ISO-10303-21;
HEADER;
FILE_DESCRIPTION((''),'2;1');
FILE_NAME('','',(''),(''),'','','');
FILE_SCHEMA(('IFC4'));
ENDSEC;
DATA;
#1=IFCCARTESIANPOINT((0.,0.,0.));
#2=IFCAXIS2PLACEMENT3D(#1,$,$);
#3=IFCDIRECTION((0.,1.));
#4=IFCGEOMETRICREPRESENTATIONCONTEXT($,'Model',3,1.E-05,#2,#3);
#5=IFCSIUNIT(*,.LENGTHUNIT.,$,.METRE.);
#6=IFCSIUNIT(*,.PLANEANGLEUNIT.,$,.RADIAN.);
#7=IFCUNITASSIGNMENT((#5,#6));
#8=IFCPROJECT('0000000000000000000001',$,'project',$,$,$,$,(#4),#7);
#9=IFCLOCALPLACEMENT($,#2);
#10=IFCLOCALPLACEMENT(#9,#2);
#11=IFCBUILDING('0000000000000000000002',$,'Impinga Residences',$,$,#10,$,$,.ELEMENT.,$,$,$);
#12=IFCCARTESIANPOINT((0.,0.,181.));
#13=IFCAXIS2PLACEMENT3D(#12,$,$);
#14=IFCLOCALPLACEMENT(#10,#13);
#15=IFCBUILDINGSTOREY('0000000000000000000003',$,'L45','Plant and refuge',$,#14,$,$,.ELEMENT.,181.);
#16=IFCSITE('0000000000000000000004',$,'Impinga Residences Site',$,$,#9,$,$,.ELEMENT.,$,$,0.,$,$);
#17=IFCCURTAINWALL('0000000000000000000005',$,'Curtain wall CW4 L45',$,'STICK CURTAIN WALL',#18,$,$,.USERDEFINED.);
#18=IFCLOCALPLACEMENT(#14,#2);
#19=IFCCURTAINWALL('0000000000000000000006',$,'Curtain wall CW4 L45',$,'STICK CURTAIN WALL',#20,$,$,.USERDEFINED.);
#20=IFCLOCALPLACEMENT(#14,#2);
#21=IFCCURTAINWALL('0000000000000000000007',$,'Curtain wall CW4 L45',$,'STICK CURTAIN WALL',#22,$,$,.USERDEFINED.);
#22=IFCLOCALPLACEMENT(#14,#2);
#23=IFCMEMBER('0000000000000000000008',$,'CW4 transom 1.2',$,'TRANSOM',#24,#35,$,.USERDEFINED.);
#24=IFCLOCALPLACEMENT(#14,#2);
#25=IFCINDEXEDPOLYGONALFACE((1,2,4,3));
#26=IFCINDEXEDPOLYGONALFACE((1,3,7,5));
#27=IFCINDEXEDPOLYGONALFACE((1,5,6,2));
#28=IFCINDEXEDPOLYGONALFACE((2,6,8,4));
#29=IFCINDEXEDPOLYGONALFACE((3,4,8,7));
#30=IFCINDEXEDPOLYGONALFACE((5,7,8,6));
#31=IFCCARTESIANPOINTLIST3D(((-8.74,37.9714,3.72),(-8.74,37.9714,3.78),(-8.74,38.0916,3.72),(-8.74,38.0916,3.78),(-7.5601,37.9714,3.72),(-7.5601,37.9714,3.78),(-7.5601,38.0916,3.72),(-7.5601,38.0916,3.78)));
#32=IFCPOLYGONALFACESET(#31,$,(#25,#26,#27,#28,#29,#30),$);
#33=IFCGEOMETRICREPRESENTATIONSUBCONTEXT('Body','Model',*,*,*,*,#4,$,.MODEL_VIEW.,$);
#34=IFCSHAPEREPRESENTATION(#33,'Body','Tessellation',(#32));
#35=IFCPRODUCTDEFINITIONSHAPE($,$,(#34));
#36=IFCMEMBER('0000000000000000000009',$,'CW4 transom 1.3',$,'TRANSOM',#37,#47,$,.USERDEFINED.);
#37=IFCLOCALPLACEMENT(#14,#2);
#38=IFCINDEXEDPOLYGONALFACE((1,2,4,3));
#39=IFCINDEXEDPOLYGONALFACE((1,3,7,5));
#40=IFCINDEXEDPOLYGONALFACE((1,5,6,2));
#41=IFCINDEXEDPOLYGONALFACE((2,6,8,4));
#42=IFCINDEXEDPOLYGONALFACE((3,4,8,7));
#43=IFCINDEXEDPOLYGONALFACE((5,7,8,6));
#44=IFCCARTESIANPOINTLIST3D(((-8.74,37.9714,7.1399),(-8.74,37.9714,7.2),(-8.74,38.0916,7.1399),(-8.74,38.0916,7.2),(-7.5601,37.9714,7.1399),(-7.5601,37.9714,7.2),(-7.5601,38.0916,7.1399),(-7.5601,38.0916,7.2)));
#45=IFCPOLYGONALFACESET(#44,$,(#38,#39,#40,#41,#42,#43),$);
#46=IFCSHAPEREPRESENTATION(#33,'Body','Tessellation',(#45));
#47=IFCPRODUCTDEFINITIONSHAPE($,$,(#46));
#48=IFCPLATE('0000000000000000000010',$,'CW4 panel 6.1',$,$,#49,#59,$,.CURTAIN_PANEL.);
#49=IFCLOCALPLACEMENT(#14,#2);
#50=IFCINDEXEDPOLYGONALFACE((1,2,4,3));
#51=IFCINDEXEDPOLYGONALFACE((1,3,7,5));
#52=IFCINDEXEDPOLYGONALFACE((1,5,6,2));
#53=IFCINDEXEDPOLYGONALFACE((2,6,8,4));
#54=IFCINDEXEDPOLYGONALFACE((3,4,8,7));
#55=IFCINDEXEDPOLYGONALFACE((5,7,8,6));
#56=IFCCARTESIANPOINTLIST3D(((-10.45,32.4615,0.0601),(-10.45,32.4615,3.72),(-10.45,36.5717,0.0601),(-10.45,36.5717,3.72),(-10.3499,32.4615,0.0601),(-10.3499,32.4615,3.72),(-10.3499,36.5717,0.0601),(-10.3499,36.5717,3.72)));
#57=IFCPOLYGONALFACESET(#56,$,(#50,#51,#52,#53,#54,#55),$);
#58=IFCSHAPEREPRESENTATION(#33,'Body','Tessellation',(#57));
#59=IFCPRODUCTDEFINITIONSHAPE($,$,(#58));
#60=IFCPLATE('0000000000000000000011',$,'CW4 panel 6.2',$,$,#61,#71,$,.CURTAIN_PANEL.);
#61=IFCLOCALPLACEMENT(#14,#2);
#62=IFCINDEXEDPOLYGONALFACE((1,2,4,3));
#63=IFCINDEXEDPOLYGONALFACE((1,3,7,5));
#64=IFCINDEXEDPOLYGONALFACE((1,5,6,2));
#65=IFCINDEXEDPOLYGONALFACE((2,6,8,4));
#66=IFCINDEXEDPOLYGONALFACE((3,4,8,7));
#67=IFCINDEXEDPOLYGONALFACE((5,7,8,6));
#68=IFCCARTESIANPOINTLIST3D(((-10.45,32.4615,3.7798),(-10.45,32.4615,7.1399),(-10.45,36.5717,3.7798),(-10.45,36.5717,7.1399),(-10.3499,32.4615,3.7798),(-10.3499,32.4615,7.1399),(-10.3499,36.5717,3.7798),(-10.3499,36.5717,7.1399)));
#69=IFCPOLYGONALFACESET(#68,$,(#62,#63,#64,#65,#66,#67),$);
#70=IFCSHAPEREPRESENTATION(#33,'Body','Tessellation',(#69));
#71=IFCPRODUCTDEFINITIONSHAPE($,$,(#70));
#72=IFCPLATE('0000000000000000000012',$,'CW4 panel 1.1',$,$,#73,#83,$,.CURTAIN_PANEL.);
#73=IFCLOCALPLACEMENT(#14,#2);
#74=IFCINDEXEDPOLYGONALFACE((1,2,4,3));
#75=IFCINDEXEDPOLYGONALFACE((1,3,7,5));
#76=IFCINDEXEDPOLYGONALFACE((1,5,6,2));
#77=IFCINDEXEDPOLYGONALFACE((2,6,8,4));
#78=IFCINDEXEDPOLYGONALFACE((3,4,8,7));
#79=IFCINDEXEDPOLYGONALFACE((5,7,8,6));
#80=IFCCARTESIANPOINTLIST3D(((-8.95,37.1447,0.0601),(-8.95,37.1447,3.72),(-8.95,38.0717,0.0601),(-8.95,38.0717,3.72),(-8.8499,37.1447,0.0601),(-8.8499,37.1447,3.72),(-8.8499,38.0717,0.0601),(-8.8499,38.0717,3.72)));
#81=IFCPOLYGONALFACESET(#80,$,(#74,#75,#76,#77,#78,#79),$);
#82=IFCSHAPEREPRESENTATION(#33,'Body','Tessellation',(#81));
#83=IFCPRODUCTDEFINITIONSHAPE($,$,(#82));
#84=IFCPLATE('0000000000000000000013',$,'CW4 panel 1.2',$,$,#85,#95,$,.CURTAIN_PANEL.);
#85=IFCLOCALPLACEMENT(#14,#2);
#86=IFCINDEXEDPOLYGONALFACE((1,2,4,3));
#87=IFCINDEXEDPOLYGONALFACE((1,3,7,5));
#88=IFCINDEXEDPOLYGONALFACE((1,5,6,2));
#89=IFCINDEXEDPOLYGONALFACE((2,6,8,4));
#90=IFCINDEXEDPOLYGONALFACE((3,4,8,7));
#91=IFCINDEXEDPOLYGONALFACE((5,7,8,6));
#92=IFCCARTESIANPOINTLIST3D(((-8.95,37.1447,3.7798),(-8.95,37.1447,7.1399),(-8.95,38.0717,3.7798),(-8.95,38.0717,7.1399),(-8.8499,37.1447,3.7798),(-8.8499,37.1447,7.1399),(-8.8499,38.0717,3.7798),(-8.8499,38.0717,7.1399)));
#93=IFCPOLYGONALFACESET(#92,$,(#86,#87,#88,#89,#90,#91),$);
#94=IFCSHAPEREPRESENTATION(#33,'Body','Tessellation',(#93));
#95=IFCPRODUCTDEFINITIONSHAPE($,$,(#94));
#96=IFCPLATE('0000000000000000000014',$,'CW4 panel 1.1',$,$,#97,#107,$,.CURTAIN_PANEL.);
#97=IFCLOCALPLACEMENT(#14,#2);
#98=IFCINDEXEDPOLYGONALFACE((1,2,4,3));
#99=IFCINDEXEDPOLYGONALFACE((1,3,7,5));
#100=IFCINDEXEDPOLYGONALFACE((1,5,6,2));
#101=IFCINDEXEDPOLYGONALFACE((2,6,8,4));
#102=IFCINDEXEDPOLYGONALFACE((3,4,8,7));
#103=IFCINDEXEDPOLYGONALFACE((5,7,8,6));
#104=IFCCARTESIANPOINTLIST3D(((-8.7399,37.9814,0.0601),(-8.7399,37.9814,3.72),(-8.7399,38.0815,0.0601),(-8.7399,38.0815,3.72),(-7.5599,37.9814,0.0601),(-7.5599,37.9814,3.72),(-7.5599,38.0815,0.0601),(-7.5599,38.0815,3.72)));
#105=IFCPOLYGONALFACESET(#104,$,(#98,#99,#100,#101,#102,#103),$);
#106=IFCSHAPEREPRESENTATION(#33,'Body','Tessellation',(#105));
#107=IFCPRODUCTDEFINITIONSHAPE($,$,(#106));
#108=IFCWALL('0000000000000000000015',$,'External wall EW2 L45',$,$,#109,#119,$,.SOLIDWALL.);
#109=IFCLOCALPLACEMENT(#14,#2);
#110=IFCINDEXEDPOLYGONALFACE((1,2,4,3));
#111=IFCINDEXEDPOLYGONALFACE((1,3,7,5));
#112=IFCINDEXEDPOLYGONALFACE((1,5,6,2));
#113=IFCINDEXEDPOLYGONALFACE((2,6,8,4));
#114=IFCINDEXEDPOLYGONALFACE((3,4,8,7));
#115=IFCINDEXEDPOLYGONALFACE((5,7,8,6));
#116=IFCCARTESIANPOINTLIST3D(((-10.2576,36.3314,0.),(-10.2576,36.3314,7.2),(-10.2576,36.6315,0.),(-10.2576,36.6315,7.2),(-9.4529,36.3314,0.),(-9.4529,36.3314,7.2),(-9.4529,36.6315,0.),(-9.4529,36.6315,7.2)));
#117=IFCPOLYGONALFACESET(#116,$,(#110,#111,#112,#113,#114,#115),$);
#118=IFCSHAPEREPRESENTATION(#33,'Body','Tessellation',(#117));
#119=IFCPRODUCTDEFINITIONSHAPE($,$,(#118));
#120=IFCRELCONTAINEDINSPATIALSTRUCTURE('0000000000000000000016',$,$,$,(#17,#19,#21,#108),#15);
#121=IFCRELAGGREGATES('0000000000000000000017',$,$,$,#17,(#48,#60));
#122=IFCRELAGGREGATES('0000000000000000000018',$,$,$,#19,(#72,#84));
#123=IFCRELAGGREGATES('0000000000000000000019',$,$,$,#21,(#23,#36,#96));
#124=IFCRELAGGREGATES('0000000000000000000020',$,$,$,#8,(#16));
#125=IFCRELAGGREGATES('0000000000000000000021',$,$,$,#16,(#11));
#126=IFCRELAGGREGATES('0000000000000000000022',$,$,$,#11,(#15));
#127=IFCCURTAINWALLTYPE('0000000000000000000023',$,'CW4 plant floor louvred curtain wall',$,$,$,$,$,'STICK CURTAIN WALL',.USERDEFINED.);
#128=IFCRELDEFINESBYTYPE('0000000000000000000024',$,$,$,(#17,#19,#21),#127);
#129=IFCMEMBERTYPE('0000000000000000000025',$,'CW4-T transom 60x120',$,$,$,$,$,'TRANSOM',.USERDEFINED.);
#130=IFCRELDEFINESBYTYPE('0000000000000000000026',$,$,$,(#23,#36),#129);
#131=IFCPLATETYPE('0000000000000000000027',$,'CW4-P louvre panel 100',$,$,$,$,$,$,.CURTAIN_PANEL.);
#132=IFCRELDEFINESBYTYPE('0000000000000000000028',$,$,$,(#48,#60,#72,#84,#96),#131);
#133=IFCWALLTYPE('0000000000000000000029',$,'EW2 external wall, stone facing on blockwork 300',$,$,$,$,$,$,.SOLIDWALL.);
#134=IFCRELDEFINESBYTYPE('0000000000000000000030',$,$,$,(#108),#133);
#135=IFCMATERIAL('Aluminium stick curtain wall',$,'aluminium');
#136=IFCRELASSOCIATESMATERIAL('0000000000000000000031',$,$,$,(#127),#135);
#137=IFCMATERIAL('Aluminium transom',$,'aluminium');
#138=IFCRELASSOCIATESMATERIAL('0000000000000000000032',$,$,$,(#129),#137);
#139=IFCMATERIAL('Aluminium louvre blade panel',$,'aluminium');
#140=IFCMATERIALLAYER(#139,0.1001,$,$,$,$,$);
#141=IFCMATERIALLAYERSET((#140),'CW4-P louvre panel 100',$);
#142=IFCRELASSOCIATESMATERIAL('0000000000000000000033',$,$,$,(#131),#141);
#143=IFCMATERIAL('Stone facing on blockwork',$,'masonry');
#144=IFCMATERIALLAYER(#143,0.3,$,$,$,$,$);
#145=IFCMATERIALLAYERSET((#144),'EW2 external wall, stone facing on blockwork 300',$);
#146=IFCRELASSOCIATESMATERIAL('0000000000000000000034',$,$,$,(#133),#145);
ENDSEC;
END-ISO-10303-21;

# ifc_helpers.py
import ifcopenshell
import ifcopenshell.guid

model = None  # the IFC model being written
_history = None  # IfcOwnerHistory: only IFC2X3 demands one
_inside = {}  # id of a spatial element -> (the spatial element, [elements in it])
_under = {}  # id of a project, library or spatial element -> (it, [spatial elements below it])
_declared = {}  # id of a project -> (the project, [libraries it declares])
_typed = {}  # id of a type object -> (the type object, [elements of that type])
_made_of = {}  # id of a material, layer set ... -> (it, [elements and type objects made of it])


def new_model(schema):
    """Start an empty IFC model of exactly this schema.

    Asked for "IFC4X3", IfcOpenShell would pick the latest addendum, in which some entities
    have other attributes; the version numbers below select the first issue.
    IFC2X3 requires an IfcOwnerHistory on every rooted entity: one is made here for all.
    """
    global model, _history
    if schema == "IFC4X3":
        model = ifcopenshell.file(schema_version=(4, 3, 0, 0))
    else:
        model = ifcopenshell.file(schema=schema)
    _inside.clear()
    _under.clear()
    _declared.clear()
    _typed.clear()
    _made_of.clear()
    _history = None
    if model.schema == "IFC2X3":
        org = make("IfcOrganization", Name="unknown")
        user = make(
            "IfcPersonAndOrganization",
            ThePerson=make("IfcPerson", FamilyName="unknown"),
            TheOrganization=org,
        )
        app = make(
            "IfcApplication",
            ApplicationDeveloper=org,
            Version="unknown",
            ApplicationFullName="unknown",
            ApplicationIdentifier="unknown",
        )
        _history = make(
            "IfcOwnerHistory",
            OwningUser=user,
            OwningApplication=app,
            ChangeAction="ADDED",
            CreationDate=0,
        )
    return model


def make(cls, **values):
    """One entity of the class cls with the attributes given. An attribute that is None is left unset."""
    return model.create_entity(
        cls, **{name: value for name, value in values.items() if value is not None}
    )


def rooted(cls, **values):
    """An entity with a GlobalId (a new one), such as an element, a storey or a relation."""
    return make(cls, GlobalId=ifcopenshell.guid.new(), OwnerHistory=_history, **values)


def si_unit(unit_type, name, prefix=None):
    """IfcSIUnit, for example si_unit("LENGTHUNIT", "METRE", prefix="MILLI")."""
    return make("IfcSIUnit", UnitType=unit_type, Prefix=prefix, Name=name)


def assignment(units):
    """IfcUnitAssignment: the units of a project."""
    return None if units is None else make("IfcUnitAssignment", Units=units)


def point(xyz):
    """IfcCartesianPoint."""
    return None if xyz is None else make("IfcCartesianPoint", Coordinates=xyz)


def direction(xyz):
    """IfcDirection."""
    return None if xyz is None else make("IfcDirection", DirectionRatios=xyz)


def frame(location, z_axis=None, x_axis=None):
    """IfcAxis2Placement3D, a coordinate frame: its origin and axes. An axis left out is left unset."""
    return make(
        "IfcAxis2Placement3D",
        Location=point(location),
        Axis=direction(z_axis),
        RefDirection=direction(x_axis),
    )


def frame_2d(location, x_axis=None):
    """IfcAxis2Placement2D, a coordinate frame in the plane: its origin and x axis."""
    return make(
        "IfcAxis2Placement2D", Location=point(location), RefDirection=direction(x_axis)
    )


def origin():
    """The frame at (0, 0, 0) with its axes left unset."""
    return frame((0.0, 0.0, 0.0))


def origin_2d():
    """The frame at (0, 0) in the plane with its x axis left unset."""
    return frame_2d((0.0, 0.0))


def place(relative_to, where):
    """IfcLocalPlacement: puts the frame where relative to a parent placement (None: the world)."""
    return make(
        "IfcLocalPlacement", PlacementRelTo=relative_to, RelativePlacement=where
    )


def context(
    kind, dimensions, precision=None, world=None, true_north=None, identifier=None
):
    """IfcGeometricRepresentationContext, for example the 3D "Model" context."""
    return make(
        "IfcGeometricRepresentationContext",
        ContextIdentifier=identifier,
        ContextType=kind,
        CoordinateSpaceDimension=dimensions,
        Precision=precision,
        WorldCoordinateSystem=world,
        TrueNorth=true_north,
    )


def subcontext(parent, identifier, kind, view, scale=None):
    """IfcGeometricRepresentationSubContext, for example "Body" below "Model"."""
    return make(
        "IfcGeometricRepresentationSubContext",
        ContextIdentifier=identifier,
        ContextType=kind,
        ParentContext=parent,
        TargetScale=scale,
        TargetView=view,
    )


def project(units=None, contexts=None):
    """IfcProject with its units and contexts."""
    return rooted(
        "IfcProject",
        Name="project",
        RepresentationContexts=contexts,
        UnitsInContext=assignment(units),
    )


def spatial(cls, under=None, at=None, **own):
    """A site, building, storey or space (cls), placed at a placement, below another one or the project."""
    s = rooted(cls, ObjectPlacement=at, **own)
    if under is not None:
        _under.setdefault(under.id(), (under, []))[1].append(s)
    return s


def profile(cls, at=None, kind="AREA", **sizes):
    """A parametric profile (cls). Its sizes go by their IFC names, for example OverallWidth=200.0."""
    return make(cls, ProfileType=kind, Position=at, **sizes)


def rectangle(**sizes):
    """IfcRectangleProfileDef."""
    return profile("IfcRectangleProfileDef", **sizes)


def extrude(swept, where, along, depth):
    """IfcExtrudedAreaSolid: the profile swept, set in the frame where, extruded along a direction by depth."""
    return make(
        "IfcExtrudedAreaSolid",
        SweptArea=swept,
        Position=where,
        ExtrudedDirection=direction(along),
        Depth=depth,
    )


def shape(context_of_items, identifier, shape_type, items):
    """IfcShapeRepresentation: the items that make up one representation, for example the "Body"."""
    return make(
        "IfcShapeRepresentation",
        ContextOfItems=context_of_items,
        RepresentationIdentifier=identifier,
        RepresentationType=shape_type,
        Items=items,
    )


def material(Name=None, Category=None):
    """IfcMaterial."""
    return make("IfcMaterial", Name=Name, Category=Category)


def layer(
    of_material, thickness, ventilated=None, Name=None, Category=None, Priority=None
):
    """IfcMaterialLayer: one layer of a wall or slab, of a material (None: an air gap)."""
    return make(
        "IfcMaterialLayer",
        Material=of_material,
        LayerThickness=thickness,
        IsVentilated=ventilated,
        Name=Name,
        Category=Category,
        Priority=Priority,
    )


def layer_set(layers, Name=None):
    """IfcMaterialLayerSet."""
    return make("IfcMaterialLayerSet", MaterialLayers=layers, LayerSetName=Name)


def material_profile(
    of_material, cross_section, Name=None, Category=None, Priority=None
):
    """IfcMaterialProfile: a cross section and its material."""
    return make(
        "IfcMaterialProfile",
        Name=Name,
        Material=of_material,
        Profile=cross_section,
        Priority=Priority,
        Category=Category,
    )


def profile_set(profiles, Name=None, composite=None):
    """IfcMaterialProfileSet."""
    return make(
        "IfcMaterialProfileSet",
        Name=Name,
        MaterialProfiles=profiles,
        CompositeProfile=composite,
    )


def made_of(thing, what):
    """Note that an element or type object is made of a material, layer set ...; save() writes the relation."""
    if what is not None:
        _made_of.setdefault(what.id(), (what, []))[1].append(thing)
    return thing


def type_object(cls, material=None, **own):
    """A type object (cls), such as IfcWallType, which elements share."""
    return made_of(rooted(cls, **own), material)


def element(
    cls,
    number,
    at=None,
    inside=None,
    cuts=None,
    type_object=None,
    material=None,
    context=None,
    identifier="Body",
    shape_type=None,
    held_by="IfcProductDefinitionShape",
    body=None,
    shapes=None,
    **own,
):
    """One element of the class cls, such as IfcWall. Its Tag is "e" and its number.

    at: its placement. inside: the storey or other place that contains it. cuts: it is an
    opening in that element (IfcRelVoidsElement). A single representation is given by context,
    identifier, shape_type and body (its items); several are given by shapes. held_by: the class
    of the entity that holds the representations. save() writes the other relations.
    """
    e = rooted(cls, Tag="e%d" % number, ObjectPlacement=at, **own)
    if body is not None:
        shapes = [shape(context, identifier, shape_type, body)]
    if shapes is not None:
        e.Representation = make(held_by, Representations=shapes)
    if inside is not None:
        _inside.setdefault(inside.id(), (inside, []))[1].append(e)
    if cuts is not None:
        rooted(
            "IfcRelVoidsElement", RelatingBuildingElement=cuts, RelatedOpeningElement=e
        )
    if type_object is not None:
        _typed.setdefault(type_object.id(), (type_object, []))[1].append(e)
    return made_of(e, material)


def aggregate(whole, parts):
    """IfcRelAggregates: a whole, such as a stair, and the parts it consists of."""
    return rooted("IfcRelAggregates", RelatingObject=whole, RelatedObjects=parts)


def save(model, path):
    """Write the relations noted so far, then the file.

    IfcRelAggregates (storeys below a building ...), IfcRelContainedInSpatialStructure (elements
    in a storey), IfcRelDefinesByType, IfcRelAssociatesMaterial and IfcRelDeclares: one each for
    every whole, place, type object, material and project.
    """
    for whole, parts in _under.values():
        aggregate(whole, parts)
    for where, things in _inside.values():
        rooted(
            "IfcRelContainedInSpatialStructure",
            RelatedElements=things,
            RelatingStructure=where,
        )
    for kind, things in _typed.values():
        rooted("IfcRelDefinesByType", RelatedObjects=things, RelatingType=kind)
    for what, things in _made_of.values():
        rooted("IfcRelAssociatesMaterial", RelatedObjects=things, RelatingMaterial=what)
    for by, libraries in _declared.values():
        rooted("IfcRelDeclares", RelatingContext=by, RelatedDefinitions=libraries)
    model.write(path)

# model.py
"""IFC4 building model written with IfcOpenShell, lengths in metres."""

from ifc_helpers import new_model, si_unit, direction, frame, frame_2d, origin, origin_2d, place, context, subcontext, project, spatial, rectangle, extrude, material, layer, layer_set, material_profile, profile_set, type_object, element, aggregate, save


model = new_model("IFC4")

# Units and contexts
model_context = context("Model", 3, precision=1e-05, world=origin(), true_north=direction((0.0, 1.0)))
body_context = subcontext(model_context, "Body", "Model", "MODEL_VIEW")
ifc_project = project(units=[si_unit("LENGTHUNIT", "METRE"), si_unit("PLANEANGLEUNIT", "RADIAN")], contexts=[model_context])

# Site, building, storey
site_placement = place(None, origin())
site = spatial("IfcSite", under=ifc_project, at=site_placement, Name="Impinga Residences Site", CompositionType="ELEMENT", RefElevation=0.0)
building_placement = place(site_placement, origin())
building = spatial("IfcBuilding", under=site, at=building_placement, Name="Impinga Residences", CompositionType="ELEMENT")
storey_placement = place(building_placement, frame((0.0, 0.0, 181.0)))
storey = spatial("IfcBuildingStorey", under=building, at=storey_placement, Name="L45", Description="Plant and refuge", CompositionType="ELEMENT", Elevation=181.0)

# Curtain walls
ifc_material_1 = material(Name="Aluminium stick curtain wall", Category="aluminium")
curtain_wall_type = type_object("IfcCurtainWallType", Name="CW4 plant floor louvred curtain wall", ElementType="STICK CURTAIN WALL", PredefinedType="USERDEFINED", material=ifc_material_1)
curtain_wall_1_placement = place(storey_placement, origin())
curtain_wall_1 = element("IfcCurtainWall", 1, at=curtain_wall_1_placement, inside=storey, type_object=curtain_wall_type, Name="Curtain wall CW4 L45", ObjectType="STICK CURTAIN WALL", PredefinedType="USERDEFINED")
curtain_wall_2_placement = place(storey_placement, origin())
curtain_wall_2 = element("IfcCurtainWall", 2, at=curtain_wall_2_placement, inside=storey, type_object=curtain_wall_type, Name="Curtain wall CW4 L45", ObjectType="STICK CURTAIN WALL", PredefinedType="USERDEFINED")

# Curtain wall
curtain_wall_3_placement = place(storey_placement, origin())
curtain_wall_3 = element("IfcCurtainWall", 3, at=curtain_wall_3_placement, inside=storey, type_object=curtain_wall_type, Name="Curtain wall CW4 L45", ObjectType="STICK CURTAIN WALL", PredefinedType="USERDEFINED")

# Members
ifc_material_2 = material(Name="Aluminium transom", Category="aluminium")
ifc_material_profile_1 = material_profile(ifc_material_2, rectangle(XDim=0.0601, YDim=0.1201, at=origin_2d()), Name="60x120 transom")
ifc_profile_set_1 = profile_set([ifc_material_profile_1], Name="Aluminium transom")
member_type_1 = type_object("IfcMemberType", Name="CW4-T transom 60x120", ElementType="TRANSOM", PredefinedType="USERDEFINED", material=ifc_profile_set_1)
member_1_placement = place(storey_placement, frame((-8.74, 38.0315, 3.75), z_axis=(1.0, 0.0, 0.0), x_axis=(0.0, 0.0, 1.0)))
member_1 = element("IfcMember", 4, at=member_1_placement, type_object=member_type_1, Name="CW4 transom 1.2", ObjectType="TRANSOM", PredefinedType="USERDEFINED", context=body_context, shape_type="SweptSolid", body=[
    extrude(rectangle(XDim=0.0601, YDim=0.1201, at=origin_2d()), origin(), (0.0, 0.0, 1.0), 1.1799),
])
member_2_placement = place(storey_placement, frame((-8.74, 38.0315, 7.1699), z_axis=(1.0, 0.0, 0.0), x_axis=(0.0, 0.0, 1.0)))
member_2 = element("IfcMember", 5, at=member_2_placement, type_object=member_type_1, Name="CW4 transom 1.3", ObjectType="TRANSOM", PredefinedType="USERDEFINED", context=body_context, shape_type="SweptSolid", body=[
    extrude(rectangle(XDim=0.0601, YDim=0.1201, at=origin_2d()), origin(), (0.0, 0.0, 1.0), 1.1799),
])

# Plates
ifc_material_3 = material(Name="Aluminium louvre blade panel", Category="aluminium")
ifc_layer_1 = layer(ifc_material_3, 0.1001)
ifc_layer_set_1 = layer_set([ifc_layer_1], Name="CW4-P louvre panel 100")
plate_type = type_object("IfcPlateType", Name="CW4-P louvre panel 100", PredefinedType="CURTAIN_PANEL", material=ifc_layer_set_1)
plate_1_placement = place(storey_placement, frame((-10.3999, 34.5166, 0.0601), z_axis=(0.0, 0.0, 1.0), x_axis=(0.0, 1.0, 0.0)))
plate_1 = element("IfcPlate", 6, at=plate_1_placement, type_object=plate_type, Name="CW4 panel 6.1", PredefinedType="CURTAIN_PANEL", context=body_context, shape_type="SweptSolid", body=[
    extrude(rectangle(XDim=4.1101, YDim=0.1001, at=origin_2d()), origin(), (0.0, 0.0, 1.0), 3.6599),
])
plate_2_placement = place(storey_placement, frame((-10.3999, 34.5166, 3.7798), z_axis=(0.0, 0.0, 1.0), x_axis=(0.0, 1.0, 0.0)))
plate_2 = element("IfcPlate", 7, at=plate_2_placement, type_object=plate_type, Name="CW4 panel 6.2", PredefinedType="CURTAIN_PANEL", context=body_context, shape_type="SweptSolid", body=[
    extrude(rectangle(XDim=4.1101, YDim=0.1001, at=origin_2d()), origin(), (0.0, 0.0, 1.0), 3.3601),
])
aggregate(curtain_wall_1, [plate_1, plate_2])
plate_3_placement = place(storey_placement, frame((-8.8999, 37.6082, 0.0601), z_axis=(0.0, 0.0, 1.0), x_axis=(0.0, 1.0, 0.0)))
plate_3 = element("IfcPlate", 8, at=plate_3_placement, type_object=plate_type, Name="CW4 panel 1.1", PredefinedType="CURTAIN_PANEL", context=body_context, shape_type="SweptSolid", body=[
    extrude(rectangle(XDim=0.927, YDim=0.1001, at=origin_2d()), origin(), (0.0, 0.0, 1.0), 3.6599),
])
plate_4_placement = place(storey_placement, frame((-8.8999, 37.6082, 3.7798), z_axis=(0.0, 0.0, 1.0), x_axis=(0.0, 1.0, 0.0)))
plate_4 = element("IfcPlate", 9, at=plate_4_placement, type_object=plate_type, Name="CW4 panel 1.2", PredefinedType="CURTAIN_PANEL", context=body_context, shape_type="SweptSolid", body=[
    extrude(rectangle(XDim=0.927, YDim=0.1001, at=origin_2d()), origin(), (0.0, 0.0, 1.0), 3.3601),
])
aggregate(curtain_wall_2, [plate_3, plate_4])
plate_5_placement = place(storey_placement, frame((-8.1499, 38.0315, 0.0601), z_axis=(0.0, 0.0, 1.0), x_axis=(1.0, 0.0, 0.0)))
plate_5 = element("IfcPlate", 10, at=plate_5_placement, type_object=plate_type, Name="CW4 panel 1.1", PredefinedType="CURTAIN_PANEL", context=body_context, shape_type="SweptSolid", body=[
    extrude(rectangle(XDim=1.1799, YDim=0.1001, at=origin_2d()), origin(), (0.0, 0.0, 1.0), 3.6599),
])
aggregate(curtain_wall_3, [member_1, member_2, plate_5])

# Wall
ifc_material_4 = material(Name="Stone facing on blockwork", Category="masonry")
ifc_layer_2 = layer(ifc_material_4, 0.3)
ifc_layer_set_2 = layer_set([ifc_layer_2], Name="EW2 external wall, stone facing on blockwork 300")
wall_type = type_object("IfcWallType", Name="EW2 external wall, stone facing on blockwork 300", PredefinedType="SOLIDWALL", material=ifc_layer_set_2)
wall_placement = place(storey_placement, frame((-10.2576, 36.4814, 0.0), z_axis=(0.0, 0.0, 1.0), x_axis=(1.0, 0.0, 0.0)))
element("IfcWall", 11, at=wall_placement, inside=storey, type_object=wall_type, Name="External wall EW2 L45", PredefinedType="SOLIDWALL", context=body_context, shape_type="SweptSolid", body=[
    extrude(rectangle(XDim=0.8047, YDim=0.3, at=frame_2d((0.4023, 0.0))), origin(), (0.0, 0.0, 1.0), 7.2),
])

save(model, "model.ifc")
